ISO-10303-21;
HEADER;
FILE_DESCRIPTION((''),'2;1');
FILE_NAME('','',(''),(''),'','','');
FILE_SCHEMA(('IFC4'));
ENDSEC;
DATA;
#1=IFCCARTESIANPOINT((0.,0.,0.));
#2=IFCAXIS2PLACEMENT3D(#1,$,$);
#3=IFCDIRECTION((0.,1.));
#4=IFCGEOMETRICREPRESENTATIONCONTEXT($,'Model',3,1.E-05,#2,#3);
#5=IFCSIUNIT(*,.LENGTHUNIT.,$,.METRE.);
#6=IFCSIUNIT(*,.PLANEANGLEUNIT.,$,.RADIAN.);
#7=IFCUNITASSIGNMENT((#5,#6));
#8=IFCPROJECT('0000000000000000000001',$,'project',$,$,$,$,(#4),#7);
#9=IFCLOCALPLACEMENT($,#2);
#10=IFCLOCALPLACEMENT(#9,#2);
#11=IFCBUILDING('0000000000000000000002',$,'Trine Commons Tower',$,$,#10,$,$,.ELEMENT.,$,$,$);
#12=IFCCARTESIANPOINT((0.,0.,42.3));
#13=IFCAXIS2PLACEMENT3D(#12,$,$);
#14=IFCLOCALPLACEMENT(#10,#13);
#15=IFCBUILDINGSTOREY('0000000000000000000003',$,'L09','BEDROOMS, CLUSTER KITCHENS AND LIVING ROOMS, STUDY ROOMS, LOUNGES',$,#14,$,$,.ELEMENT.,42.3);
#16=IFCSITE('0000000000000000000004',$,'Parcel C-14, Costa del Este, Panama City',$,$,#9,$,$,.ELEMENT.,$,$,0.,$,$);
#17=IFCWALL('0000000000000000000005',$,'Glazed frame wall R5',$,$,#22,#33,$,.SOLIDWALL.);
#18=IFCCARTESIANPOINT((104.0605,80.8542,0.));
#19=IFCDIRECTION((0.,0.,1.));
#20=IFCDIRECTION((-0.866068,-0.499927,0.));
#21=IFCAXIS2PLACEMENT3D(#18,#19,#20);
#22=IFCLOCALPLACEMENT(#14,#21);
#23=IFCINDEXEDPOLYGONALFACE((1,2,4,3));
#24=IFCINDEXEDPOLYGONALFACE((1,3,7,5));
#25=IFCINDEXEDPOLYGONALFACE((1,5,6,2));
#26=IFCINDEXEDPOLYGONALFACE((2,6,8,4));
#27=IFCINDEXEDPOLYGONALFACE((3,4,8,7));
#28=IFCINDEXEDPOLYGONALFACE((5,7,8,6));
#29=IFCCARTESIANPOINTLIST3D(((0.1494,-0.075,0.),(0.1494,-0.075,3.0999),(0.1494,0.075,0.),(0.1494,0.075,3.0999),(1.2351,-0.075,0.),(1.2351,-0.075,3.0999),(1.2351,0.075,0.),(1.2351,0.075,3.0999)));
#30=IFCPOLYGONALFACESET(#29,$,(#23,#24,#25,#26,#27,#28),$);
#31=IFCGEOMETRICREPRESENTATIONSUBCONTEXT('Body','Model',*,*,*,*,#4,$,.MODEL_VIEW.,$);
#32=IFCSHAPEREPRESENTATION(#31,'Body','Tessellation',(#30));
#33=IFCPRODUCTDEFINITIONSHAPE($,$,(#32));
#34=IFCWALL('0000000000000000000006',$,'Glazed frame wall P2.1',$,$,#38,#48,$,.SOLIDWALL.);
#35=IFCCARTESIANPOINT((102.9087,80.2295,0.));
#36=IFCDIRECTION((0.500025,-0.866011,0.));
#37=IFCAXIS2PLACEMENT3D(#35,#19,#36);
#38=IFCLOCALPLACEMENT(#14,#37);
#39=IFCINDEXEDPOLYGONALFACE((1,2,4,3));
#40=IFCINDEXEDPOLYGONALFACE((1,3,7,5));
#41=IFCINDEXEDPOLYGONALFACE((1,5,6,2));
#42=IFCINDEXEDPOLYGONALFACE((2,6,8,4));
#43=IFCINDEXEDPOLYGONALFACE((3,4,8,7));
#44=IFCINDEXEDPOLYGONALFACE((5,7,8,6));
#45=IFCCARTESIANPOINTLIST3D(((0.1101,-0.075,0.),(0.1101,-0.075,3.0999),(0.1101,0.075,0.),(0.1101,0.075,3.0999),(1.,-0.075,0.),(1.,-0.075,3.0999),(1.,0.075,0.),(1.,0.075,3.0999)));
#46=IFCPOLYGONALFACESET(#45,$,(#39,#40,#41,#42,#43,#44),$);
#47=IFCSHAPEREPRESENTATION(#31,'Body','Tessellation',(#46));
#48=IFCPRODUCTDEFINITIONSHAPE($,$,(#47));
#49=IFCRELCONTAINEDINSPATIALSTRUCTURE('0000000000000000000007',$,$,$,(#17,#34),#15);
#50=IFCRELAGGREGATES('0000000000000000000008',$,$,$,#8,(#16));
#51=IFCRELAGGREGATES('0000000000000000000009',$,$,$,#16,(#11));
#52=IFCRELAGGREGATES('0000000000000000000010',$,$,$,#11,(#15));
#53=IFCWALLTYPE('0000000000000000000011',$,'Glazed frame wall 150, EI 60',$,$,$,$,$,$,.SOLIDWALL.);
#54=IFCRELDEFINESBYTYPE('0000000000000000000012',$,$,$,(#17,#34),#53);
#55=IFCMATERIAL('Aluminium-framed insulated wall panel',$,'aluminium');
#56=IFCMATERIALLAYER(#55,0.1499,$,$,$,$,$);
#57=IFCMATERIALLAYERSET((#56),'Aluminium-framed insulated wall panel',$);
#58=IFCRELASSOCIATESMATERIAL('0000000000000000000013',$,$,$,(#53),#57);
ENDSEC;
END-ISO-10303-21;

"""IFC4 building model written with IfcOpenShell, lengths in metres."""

from ifc_helpers import new_model, si_unit, direction, frame, origin, place, context, subcontext, project, spatial, polyline, outline, extrude, material, layer, layer_set, type_object, element, save


model = new_model("IFC4")

# Units and contexts
model_context = context("Model", 3, precision=1e-05, world=origin(), true_north=direction((0.0, 1.0)))
body_context = subcontext(model_context, "Body", "Model", "MODEL_VIEW")
ifc_project = project(units=[si_unit("LENGTHUNIT", "METRE"), si_unit("PLANEANGLEUNIT", "RADIAN")], contexts=[model_context])

# Site, building, storey
site_placement = place(None, origin())
site = spatial("IfcSite", under=ifc_project, at=site_placement, Name="Parcel C-14, Costa del Este, Panama City", CompositionType="ELEMENT", RefElevation=0.0)
building_placement = place(site_placement, origin())
building = spatial("IfcBuilding", under=site, at=building_placement, Name="Trine Commons Tower", CompositionType="ELEMENT")
storey_placement = place(building_placement, frame((0.0, 0.0, 42.3)))
storey = spatial("IfcBuildingStorey", under=building, at=storey_placement, Name="L09", Description="BEDROOMS, CLUSTER KITCHENS AND LIVING ROOMS, STUDY ROOMS, LOUNGES", CompositionType="ELEMENT", Elevation=42.3)

# Walls
ifc_material_1 = material(Name="Aluminium-framed insulated wall panel", Category="aluminium")
ifc_layer_1 = layer(ifc_material_1, 0.1499)
ifc_layer_set_1 = layer_set([ifc_layer_1], Name="Aluminium-framed insulated wall panel")
wall_type_1 = type_object("IfcWallType", Name="Glazed frame wall 150, EI 60", PredefinedType="SOLIDWALL", material=ifc_layer_set_1)
wall_1_placement = place(storey_placement, frame((104.0605, 80.8542, 0.0), z_axis=(0.0, 0.0, 1.0), x_axis=(-0.866068, -0.499927, 0.0)))
element("IfcWall", 1, at=wall_1_placement, inside=storey, type_object=wall_type_1, Name="Glazed frame wall R5", PredefinedType="SOLIDWALL", context=body_context, shape_type="SweptSolid", body=[
    extrude(outline(polyline([(0.1494, 0.075), (0.1494, -0.075), (1.2351, -0.075), (1.2351, 0.075), (0.1494, 0.075)])), origin(), (0.0, 0.0, 1.0), 3.0999),
])
wall_2_placement = place(storey_placement, frame((102.9087, 80.2295, 0.0), z_axis=(0.0, 0.0, 1.0), x_axis=(0.500025, -0.866011, 0.0)))
element("IfcWall", 2, at=wall_2_placement, inside=storey, type_object=wall_type_1, Name="Glazed frame wall P2.1", PredefinedType="SOLIDWALL", context=body_context, shape_type="SweptSolid", body=[
    extrude(outline(polyline([(0.1101, -0.075), (1.0, -0.075), (1.0, 0.075), (0.1101, 0.075), (0.1101, -0.075)])), origin(), (0.0, 0.0, 1.0), 3.0999),
])

save(model, "model.ifc")
